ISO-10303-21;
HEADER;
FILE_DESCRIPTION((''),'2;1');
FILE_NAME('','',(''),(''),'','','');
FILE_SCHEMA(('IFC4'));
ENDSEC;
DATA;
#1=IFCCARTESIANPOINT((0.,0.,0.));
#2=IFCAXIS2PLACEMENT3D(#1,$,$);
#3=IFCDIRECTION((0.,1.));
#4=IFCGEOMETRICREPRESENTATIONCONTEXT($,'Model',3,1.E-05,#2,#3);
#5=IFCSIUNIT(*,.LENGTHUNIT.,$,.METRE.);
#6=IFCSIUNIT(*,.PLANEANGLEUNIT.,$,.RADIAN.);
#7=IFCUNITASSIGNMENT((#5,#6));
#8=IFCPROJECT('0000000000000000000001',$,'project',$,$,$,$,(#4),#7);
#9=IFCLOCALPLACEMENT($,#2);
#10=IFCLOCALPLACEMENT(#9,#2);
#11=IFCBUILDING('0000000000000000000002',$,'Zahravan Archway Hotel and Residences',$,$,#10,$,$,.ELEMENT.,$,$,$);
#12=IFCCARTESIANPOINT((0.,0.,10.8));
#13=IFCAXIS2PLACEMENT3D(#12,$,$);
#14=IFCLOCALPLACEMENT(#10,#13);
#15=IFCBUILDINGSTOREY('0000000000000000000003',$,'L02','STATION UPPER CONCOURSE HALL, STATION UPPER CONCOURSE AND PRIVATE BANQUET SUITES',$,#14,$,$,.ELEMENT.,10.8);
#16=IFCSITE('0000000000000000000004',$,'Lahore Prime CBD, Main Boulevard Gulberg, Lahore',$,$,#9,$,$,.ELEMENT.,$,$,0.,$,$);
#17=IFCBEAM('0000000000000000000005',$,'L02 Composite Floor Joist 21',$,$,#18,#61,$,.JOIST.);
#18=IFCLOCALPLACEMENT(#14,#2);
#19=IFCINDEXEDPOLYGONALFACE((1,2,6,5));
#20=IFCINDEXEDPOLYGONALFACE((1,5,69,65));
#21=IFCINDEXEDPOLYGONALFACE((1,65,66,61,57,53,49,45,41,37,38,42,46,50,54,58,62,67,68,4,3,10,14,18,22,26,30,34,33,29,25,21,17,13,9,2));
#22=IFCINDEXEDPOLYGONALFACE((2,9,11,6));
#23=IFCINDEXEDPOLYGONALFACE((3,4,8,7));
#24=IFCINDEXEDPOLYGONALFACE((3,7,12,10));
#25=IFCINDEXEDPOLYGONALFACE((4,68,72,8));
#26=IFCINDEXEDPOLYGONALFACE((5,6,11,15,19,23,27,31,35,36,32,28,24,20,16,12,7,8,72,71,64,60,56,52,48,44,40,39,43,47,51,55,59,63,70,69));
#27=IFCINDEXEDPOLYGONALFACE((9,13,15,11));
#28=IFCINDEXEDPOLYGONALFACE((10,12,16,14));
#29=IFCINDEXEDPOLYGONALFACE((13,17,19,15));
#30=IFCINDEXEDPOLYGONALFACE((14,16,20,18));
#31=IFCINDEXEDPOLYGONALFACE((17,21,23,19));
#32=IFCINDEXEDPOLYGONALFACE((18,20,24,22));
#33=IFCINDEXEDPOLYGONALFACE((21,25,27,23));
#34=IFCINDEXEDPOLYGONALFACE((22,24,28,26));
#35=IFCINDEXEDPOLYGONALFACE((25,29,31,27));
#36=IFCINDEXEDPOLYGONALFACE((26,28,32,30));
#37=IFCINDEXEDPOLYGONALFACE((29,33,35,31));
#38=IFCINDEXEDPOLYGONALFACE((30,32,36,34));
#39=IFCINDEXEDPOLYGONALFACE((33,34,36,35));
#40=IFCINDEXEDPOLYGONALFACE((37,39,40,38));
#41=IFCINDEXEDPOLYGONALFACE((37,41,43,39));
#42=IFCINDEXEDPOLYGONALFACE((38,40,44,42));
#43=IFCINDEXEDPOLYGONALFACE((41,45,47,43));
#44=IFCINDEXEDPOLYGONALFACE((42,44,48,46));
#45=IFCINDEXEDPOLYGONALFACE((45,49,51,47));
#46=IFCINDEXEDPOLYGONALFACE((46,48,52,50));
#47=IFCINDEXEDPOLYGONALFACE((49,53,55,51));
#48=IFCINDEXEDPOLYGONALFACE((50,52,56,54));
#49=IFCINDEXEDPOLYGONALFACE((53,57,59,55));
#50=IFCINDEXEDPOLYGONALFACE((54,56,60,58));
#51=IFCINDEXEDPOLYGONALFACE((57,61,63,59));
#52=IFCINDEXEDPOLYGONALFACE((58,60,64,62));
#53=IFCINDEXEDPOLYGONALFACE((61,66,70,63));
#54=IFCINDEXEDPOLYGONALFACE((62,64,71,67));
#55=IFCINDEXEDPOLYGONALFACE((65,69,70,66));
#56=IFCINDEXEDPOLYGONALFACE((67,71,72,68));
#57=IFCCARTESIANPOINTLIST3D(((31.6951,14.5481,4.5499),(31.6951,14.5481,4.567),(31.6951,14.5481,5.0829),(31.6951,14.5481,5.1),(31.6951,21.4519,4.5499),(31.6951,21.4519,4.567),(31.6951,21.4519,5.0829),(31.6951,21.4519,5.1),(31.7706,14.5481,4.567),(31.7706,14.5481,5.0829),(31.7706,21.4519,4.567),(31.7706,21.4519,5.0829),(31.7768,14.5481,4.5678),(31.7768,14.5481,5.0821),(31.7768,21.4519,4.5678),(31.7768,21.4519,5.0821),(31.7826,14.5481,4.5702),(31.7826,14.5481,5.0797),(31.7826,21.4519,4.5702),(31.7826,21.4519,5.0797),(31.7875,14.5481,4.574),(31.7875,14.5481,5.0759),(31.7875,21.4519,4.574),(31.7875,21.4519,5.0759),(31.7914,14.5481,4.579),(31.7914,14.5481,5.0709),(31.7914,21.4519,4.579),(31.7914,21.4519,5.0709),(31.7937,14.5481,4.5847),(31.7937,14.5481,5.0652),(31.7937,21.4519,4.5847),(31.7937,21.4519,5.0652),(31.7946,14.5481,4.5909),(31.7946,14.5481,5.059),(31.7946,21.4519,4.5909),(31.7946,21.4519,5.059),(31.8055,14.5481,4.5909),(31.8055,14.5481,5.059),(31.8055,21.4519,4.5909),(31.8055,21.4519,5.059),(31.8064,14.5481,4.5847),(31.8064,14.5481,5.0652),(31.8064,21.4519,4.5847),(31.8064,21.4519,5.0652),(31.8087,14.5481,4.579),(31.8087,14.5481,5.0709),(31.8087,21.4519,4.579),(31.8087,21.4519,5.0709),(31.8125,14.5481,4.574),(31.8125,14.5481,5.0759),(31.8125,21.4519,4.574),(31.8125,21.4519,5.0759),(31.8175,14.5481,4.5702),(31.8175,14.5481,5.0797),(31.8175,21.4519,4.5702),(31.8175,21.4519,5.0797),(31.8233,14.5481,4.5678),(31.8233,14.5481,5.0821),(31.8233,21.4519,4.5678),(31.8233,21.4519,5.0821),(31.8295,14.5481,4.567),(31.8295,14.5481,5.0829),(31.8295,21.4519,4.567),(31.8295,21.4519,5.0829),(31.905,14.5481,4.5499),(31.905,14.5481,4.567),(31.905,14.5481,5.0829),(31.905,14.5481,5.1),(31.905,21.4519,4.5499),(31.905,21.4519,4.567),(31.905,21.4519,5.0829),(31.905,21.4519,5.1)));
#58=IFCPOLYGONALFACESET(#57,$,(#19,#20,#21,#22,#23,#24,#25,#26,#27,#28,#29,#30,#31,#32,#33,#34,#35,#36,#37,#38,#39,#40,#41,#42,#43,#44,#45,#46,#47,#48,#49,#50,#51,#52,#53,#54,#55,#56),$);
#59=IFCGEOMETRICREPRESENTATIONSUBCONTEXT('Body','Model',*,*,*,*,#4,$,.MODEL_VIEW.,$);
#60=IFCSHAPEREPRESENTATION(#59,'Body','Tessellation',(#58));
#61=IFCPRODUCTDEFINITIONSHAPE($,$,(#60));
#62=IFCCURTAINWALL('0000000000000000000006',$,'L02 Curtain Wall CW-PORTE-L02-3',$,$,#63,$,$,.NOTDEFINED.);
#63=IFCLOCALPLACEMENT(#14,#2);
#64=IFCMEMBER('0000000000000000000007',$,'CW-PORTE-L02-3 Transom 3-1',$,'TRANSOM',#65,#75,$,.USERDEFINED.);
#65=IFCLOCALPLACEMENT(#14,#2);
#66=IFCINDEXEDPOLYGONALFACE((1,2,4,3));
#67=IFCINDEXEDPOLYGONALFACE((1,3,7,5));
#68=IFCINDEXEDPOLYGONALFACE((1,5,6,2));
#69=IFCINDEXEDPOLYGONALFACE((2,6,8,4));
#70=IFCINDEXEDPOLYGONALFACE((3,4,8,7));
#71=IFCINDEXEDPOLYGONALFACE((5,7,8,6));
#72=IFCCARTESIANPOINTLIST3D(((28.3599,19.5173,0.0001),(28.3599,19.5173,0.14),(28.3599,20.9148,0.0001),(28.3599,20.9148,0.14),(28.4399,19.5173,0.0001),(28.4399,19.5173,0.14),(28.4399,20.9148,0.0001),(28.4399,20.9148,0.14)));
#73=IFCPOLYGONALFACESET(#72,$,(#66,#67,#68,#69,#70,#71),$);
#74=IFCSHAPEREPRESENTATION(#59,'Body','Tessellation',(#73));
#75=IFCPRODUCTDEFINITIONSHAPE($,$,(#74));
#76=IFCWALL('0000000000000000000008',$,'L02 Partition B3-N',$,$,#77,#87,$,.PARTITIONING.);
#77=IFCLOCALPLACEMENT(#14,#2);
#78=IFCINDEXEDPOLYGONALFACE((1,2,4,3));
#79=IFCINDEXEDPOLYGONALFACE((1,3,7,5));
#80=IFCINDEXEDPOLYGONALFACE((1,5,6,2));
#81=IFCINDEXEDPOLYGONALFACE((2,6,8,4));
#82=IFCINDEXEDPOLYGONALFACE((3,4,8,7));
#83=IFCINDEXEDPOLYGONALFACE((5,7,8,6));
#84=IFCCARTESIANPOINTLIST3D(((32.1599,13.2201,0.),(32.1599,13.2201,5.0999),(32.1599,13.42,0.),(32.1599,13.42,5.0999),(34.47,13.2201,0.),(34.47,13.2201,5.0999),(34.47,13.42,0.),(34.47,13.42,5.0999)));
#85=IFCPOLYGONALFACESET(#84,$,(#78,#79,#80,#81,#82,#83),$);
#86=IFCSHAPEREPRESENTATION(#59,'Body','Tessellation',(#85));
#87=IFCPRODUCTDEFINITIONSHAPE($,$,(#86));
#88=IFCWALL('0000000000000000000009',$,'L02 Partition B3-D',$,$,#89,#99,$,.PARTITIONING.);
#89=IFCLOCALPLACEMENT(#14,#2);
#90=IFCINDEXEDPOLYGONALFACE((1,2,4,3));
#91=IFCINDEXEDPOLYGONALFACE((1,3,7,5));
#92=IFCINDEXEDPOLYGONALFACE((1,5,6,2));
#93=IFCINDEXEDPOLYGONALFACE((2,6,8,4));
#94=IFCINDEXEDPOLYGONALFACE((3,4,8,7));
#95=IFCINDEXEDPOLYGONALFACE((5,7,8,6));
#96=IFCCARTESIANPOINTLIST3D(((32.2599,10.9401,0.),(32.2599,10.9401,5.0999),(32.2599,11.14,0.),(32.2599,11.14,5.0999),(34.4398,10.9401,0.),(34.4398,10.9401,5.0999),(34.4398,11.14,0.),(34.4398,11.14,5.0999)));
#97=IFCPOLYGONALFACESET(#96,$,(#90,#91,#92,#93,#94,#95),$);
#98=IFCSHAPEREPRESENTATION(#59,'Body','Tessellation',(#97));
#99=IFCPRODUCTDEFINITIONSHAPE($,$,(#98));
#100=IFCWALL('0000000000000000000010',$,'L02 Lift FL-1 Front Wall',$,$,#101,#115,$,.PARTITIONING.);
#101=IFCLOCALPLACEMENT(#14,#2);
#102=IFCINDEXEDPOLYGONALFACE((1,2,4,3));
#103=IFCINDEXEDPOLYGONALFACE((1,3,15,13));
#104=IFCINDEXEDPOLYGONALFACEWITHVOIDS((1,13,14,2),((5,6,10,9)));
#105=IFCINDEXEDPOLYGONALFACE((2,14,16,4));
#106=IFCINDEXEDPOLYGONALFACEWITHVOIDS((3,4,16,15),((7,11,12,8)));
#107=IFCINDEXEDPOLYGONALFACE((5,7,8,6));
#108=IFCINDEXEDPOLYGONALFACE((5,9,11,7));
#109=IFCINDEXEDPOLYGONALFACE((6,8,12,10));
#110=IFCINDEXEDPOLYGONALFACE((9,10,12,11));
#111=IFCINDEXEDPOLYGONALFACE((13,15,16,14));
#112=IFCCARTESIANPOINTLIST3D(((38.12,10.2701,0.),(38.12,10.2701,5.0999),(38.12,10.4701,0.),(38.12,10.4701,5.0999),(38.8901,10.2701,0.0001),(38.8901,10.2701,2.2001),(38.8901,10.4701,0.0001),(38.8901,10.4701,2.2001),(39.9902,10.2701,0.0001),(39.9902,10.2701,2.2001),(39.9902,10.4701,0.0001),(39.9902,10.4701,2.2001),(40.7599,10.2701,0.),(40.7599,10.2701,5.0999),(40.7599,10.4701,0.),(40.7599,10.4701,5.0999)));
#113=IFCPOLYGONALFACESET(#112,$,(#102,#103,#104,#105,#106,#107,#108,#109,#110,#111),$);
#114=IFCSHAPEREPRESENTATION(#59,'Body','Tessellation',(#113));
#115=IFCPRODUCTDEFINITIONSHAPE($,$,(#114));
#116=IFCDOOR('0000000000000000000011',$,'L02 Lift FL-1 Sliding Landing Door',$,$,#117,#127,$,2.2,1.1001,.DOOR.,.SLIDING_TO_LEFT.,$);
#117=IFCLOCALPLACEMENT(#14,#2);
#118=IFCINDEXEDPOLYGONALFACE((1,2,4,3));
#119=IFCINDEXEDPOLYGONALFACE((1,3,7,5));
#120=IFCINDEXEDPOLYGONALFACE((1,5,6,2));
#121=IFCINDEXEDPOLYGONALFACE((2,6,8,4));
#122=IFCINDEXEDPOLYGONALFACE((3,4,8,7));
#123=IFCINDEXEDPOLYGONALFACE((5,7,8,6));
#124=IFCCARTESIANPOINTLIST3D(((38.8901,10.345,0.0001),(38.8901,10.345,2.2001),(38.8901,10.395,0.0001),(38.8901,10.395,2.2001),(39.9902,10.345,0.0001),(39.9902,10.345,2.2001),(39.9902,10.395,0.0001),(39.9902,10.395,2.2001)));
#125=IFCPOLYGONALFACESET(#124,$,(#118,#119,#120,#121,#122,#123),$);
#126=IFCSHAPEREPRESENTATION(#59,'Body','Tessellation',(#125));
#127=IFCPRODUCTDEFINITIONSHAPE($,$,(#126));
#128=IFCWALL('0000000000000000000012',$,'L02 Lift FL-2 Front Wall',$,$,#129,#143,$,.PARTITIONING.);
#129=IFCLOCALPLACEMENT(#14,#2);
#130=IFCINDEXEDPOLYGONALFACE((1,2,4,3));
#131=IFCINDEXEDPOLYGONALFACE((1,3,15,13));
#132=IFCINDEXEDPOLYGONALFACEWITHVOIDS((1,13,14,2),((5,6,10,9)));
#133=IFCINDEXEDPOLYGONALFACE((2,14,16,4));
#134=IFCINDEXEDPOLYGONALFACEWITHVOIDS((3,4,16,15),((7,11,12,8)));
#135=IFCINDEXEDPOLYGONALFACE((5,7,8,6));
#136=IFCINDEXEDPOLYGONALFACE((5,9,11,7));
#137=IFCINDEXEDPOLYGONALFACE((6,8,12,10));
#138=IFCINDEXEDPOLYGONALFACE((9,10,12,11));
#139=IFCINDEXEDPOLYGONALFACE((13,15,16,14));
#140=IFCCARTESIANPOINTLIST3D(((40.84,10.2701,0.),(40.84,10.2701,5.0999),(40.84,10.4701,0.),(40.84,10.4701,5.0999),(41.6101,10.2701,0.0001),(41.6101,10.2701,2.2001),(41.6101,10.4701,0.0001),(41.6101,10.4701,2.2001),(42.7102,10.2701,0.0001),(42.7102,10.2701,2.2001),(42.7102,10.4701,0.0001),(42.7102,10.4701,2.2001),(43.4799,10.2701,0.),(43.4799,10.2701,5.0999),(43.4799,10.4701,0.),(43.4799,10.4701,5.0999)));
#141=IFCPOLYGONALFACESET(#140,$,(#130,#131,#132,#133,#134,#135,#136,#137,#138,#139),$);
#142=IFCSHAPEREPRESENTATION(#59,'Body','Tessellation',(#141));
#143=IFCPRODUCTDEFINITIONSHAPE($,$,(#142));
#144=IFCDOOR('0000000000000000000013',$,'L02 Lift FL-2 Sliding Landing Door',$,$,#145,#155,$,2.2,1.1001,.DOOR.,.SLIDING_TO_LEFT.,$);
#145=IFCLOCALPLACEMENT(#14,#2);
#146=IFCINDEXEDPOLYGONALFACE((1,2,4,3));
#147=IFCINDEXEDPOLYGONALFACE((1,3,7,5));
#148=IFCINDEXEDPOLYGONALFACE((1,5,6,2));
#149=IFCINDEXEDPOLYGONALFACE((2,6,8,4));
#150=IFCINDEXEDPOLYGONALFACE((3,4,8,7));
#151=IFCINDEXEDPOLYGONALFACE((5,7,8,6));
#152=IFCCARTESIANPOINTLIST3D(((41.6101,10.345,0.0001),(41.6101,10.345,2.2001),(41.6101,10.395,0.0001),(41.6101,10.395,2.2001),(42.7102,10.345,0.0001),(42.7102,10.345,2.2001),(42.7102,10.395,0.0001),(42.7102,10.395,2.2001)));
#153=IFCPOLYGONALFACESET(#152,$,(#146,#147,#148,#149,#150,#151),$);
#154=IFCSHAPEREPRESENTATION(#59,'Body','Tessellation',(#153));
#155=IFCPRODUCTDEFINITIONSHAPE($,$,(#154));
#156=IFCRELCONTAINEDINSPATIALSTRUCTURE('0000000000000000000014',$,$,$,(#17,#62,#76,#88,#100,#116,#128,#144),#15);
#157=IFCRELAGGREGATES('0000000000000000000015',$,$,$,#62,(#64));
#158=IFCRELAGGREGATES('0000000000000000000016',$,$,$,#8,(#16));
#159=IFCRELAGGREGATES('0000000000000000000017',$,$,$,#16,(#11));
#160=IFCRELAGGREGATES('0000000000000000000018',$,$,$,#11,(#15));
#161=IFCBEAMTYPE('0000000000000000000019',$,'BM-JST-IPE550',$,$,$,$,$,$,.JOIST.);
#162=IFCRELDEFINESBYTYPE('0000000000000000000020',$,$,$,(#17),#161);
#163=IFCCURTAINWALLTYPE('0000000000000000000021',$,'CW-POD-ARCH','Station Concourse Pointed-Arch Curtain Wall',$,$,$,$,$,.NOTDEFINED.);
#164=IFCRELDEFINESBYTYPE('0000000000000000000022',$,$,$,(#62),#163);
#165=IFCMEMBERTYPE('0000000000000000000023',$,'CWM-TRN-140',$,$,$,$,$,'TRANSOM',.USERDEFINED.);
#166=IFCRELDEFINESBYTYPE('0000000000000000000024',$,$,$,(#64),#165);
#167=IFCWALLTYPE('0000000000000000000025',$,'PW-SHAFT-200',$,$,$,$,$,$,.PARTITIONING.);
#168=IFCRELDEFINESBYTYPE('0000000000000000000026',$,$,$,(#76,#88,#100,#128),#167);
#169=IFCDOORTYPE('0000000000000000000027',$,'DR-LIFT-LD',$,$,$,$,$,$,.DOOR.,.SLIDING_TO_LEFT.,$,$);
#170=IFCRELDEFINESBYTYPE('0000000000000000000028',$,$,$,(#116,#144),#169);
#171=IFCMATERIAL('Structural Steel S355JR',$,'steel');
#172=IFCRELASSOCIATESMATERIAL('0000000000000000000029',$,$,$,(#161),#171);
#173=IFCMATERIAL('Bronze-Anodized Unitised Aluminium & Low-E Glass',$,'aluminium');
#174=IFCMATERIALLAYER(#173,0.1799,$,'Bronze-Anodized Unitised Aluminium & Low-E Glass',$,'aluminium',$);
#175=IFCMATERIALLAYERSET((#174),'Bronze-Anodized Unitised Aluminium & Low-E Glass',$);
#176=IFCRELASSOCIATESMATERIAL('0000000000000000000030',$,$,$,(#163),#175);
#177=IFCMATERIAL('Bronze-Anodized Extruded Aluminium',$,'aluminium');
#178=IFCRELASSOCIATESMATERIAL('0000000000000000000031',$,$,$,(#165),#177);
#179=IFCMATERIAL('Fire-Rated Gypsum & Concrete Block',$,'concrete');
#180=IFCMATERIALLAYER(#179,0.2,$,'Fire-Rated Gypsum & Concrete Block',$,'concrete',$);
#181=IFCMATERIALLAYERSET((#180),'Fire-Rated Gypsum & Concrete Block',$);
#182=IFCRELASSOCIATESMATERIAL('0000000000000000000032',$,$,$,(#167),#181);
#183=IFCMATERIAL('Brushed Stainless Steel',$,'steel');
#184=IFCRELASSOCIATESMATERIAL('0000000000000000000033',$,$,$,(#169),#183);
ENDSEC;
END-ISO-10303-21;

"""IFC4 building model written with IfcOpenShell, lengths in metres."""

from ifc_helpers import new_model, si_unit, direction, frame, frame_2d, origin, origin_2d, place, context, subcontext, project, spatial, rectangle, i_section, extrude, source, transform, mapped, material, layer, layer_set, material_profile, profile_set, type_object, type_shapes, element, fill, aggregate, save


model = new_model("IFC4")

# Units and contexts
model_context = context("Model", 3, precision=1e-05, world=origin(), true_north=direction((0.0, 1.0)))
body_context = subcontext(model_context, "Body", "Model", "MODEL_VIEW")
ifc_project = project(units=[si_unit("LENGTHUNIT", "METRE"), si_unit("PLANEANGLEUNIT", "RADIAN")], contexts=[model_context])

# Site, building, storey
site_placement = place(None, origin())
site = spatial("IfcSite", under=ifc_project, at=site_placement, Name="Lahore Prime CBD, Main Boulevard Gulberg, Lahore", CompositionType="ELEMENT", RefElevation=0.0)
building_placement = place(site_placement, origin())
building = spatial("IfcBuilding", under=site, at=building_placement, Name="Zahravan Archway Hotel and Residences", CompositionType="ELEMENT")
storey_placement = place(building_placement, frame((0.0, 0.0, 10.8)))
storey = spatial("IfcBuildingStorey", under=building, at=storey_placement, Name="L02", Description="STATION UPPER CONCOURSE HALL, STATION UPPER CONCOURSE AND PRIVATE BANQUET SUITES", CompositionType="ELEMENT", Elevation=10.8)

# Beam
ifc_material_1 = material(Name="Structural Steel S355JR", Category="steel")
ifc_material_profile_1 = material_profile(ifc_material_1, i_section(OverallWidth=0.21, OverallDepth=0.55, WebThickness=0.011, FlangeThickness=0.0171, FilletRadius=0.0239, at=origin_2d()), Name="IPE 550", Category="steel")
ifc_profile_set_1 = profile_set([ifc_material_profile_1], Name="Structural Steel S355JR")
beam_type_1 = type_object("IfcBeamType", Name="BM-JST-IPE550", PredefinedType="JOIST", material=ifc_profile_set_1)
shared_shape_1 = source(origin(), body_context, "Body", "SweptSolid", [
    extrude(i_section(OverallWidth=0.21, OverallDepth=0.55, WebThickness=0.011, FlangeThickness=0.0171, FilletRadius=0.0239, at=origin_2d()), origin(), (0.0, 0.0, 1.0), 6.9038),
])
beam_1_placement = place(storey_placement, frame((31.8, 14.5481, 4.825), z_axis=(0.0, 1.0, 0.0), x_axis=(-1.0, 0.0, 0.0)))
element("IfcBeam", 1, at=beam_1_placement, inside=storey, type_object=beam_type_1, Name="L02 Composite Floor Joist 21", PredefinedType="JOIST", context=body_context, shape_type="MappedRepresentation", body=[
    mapped(shared_shape_1, transform((0.0, 0.0, 0.0), scale=1.0)),
])

# Curtain wall, member
ifc_material_2 = material(Name="Bronze-Anodized Unitised Aluminium & Low-E Glass", Category="aluminium")
ifc_layer_1 = layer(ifc_material_2, 0.1799, Name="Bronze-Anodized Unitised Aluminium & Low-E Glass", Category="aluminium")
ifc_layer_set_1 = layer_set([ifc_layer_1], Name="Bronze-Anodized Unitised Aluminium & Low-E Glass")
curtain_wall_type = type_object("IfcCurtainWallType", Name="CW-POD-ARCH", Description="Station Concourse Pointed-Arch Curtain Wall", PredefinedType="NOTDEFINED", material=ifc_layer_set_1)
curtain_wall_placement = place(storey_placement, origin())
curtain_wall = element("IfcCurtainWall", 2, at=curtain_wall_placement, inside=storey, type_object=curtain_wall_type, Name="L02 Curtain Wall CW-PORTE-L02-3", PredefinedType="NOTDEFINED")
ifc_material_3 = material(Name="Bronze-Anodized Extruded Aluminium", Category="aluminium")
ifc_material_profile_2 = material_profile(ifc_material_3, rectangle(XDim=0.0801, YDim=0.1399, at=origin_2d()), Name="TRN 80x140", Category="aluminium")
ifc_profile_set_2 = profile_set([ifc_material_profile_2], Name="Bronze-Anodized Extruded Aluminium")
member_type = type_object("IfcMemberType", Name="CWM-TRN-140", ElementType="TRANSOM", PredefinedType="USERDEFINED", material=ifc_profile_set_2)
shared_shape_2 = source(origin(), body_context, "Body", "SweptSolid", [
    extrude(rectangle(XDim=0.0801, YDim=0.1399, at=origin_2d()), origin(), (0.0, 0.0, 1.0), 1.3975),
])
member_placement = place(storey_placement, frame((28.3999, 19.5173, 0.0701), z_axis=(0.0, 1.0, 0.0), x_axis=(-1.0, 0.0, 0.0)))
member = element("IfcMember", 3, at=member_placement, type_object=member_type, Name="CW-PORTE-L02-3 Transom 3-1", ObjectType="TRANSOM", PredefinedType="USERDEFINED", context=body_context, shape_type="MappedRepresentation", body=[
    mapped(shared_shape_2, transform((0.0, 0.0, 0.0), scale=1.0)),
])
aggregate(curtain_wall, [member])

# Shared definitions
ifc_material_4 = material(Name="Fire-Rated Gypsum & Concrete Block", Category="concrete")

# Walls
ifc_layer_2 = layer(ifc_material_4, 0.2, Name="Fire-Rated Gypsum & Concrete Block", Category="concrete")
ifc_layer_set_2 = layer_set([ifc_layer_2], Name="Fire-Rated Gypsum & Concrete Block")
wall_type_1 = type_object("IfcWallType", Name="PW-SHAFT-200", PredefinedType="PARTITIONING", material=ifc_layer_set_2)
wall_1_placement = place(storey_placement, frame((32.1599, 13.3201, 0.0), z_axis=(0.0, 0.0, 1.0), x_axis=(1.0, 0.0, 0.0)))
element("IfcWall", 4, at=wall_1_placement, inside=storey, type_object=wall_type_1, Name="L02 Partition B3-N", PredefinedType="PARTITIONING", context=body_context, shape_type="SweptSolid", body=[
    extrude(rectangle(XDim=2.3101, YDim=0.2, at=frame_2d((1.155, 0.0))), origin(), (0.0, 0.0, 1.0), 5.0999),
])
wall_2_placement = place(storey_placement, frame((32.26, 11.04, 0.0), z_axis=(0.0, 0.0, 1.0), x_axis=(1.0, 0.0, 0.0)))
element("IfcWall", 5, at=wall_2_placement, inside=storey, type_object=wall_type_1, Name="L02 Partition B3-D", PredefinedType="PARTITIONING", context=body_context, shape_type="SweptSolid", body=[
    extrude(rectangle(XDim=2.1799, YDim=0.2, at=frame_2d((1.0898, 0.0))), origin(), (0.0, 0.0, 1.0), 5.0999),
])

# Walls, openings, doors
wall_3_placement = place(storey_placement, frame((38.1201, 10.3701, 0.0), z_axis=(0.0, 0.0, 1.0), x_axis=(1.0, 0.0, 0.0)))
wall_3 = element("IfcWall", 6, at=wall_3_placement, inside=storey, type_object=wall_type_1, Name="L02 Lift FL-1 Front Wall", PredefinedType="PARTITIONING", context=body_context, shape_type="SweptSolid", body=[
    extrude(rectangle(XDim=2.6399, YDim=0.2, at=frame_2d((1.3198, 0.0))), origin(), (0.0, 0.0, 1.0), 5.0999),
])
opening_1_placement = place(wall_3_placement, frame((0.77, 0.0, 0.0)))
opening_1 = element("IfcOpeningElement", 7, at=opening_1_placement, cuts=wall_3, PredefinedType="OPENING", context=body_context, shape_type="SweptSolid", body=[
    extrude(rectangle(XDim=1.1001, YDim=2.2, at=frame_2d((0.55, 1.1001))), frame((0.0, 0.1099, 0.0), z_axis=(0.0, -1.0, 0.0), x_axis=(1.0, 0.0, 0.0)), (0.0, 0.0, 1.0), 0.22),
])
ifc_material_5 = material(Name="Brushed Stainless Steel", Category="steel")
door_type_1 = type_object("IfcDoorType", Name="DR-LIFT-LD", OperationType="SLIDING_TO_LEFT", PredefinedType="DOOR", material=ifc_material_5)
shared_shape_3 = source(origin(), body_context, "Body", "SweptSolid", [
    extrude(rectangle(XDim=1.1001, YDim=2.2, at=frame_2d((0.55, 1.1001))), frame((0.0, 0.0249, 0.0), z_axis=(0.0, -1.0, 0.0), x_axis=(1.0, 0.0, 0.0)), (0.0, 0.0, 1.0), 0.05),
])
type_shapes(door_type_1, [shared_shape_3])
door_1_placement = place(opening_1_placement, origin())
door_1 = element("IfcDoor", 8, at=door_1_placement, inside=storey, type_object=door_type_1, Name="L02 Lift FL-1 Sliding Landing Door", OperationType="SLIDING_TO_LEFT", OverallHeight=2.2, OverallWidth=1.1001, PredefinedType="DOOR", context=body_context, shape_type="MappedRepresentation", body=[
    mapped(shared_shape_3, transform((0.0, 0.0, 0.0), scale=1.0)),
])
fill(opening_1, door_1)
wall_4_placement = place(storey_placement, frame((40.8401, 10.3701, 0.0), z_axis=(0.0, 0.0, 1.0), x_axis=(1.0, 0.0, 0.0)))
wall_4 = element("IfcWall", 9, at=wall_4_placement, inside=storey, type_object=wall_type_1, Name="L02 Lift FL-2 Front Wall", PredefinedType="PARTITIONING", context=body_context, shape_type="SweptSolid", body=[
    extrude(rectangle(XDim=2.6399, YDim=0.2, at=frame_2d((1.3198, 0.0))), origin(), (0.0, 0.0, 1.0), 5.0999),
])
opening_2_placement = place(wall_4_placement, frame((0.77, 0.0, 0.0)))
opening_2 = element("IfcOpeningElement", 10, at=opening_2_placement, cuts=wall_4, PredefinedType="OPENING", context=body_context, shape_type="SweptSolid", body=[
    extrude(rectangle(XDim=1.1001, YDim=2.2, at=frame_2d((0.55, 1.1001))), frame((0.0, 0.1099, 0.0), z_axis=(0.0, -1.0, 0.0), x_axis=(1.0, 0.0, 0.0)), (0.0, 0.0, 1.0), 0.22),
])
door_2_placement = place(opening_2_placement, origin())
door_2 = element("IfcDoor", 11, at=door_2_placement, inside=storey, type_object=door_type_1, Name="L02 Lift FL-2 Sliding Landing Door", OperationType="SLIDING_TO_LEFT", OverallHeight=2.2, OverallWidth=1.1001, PredefinedType="DOOR", context=body_context, shape_type="MappedRepresentation", body=[
    mapped(shared_shape_3, transform((0.0, 0.0, 0.0), scale=1.0)),
])
fill(opening_2, door_2)

save(model, "model.ifc")
